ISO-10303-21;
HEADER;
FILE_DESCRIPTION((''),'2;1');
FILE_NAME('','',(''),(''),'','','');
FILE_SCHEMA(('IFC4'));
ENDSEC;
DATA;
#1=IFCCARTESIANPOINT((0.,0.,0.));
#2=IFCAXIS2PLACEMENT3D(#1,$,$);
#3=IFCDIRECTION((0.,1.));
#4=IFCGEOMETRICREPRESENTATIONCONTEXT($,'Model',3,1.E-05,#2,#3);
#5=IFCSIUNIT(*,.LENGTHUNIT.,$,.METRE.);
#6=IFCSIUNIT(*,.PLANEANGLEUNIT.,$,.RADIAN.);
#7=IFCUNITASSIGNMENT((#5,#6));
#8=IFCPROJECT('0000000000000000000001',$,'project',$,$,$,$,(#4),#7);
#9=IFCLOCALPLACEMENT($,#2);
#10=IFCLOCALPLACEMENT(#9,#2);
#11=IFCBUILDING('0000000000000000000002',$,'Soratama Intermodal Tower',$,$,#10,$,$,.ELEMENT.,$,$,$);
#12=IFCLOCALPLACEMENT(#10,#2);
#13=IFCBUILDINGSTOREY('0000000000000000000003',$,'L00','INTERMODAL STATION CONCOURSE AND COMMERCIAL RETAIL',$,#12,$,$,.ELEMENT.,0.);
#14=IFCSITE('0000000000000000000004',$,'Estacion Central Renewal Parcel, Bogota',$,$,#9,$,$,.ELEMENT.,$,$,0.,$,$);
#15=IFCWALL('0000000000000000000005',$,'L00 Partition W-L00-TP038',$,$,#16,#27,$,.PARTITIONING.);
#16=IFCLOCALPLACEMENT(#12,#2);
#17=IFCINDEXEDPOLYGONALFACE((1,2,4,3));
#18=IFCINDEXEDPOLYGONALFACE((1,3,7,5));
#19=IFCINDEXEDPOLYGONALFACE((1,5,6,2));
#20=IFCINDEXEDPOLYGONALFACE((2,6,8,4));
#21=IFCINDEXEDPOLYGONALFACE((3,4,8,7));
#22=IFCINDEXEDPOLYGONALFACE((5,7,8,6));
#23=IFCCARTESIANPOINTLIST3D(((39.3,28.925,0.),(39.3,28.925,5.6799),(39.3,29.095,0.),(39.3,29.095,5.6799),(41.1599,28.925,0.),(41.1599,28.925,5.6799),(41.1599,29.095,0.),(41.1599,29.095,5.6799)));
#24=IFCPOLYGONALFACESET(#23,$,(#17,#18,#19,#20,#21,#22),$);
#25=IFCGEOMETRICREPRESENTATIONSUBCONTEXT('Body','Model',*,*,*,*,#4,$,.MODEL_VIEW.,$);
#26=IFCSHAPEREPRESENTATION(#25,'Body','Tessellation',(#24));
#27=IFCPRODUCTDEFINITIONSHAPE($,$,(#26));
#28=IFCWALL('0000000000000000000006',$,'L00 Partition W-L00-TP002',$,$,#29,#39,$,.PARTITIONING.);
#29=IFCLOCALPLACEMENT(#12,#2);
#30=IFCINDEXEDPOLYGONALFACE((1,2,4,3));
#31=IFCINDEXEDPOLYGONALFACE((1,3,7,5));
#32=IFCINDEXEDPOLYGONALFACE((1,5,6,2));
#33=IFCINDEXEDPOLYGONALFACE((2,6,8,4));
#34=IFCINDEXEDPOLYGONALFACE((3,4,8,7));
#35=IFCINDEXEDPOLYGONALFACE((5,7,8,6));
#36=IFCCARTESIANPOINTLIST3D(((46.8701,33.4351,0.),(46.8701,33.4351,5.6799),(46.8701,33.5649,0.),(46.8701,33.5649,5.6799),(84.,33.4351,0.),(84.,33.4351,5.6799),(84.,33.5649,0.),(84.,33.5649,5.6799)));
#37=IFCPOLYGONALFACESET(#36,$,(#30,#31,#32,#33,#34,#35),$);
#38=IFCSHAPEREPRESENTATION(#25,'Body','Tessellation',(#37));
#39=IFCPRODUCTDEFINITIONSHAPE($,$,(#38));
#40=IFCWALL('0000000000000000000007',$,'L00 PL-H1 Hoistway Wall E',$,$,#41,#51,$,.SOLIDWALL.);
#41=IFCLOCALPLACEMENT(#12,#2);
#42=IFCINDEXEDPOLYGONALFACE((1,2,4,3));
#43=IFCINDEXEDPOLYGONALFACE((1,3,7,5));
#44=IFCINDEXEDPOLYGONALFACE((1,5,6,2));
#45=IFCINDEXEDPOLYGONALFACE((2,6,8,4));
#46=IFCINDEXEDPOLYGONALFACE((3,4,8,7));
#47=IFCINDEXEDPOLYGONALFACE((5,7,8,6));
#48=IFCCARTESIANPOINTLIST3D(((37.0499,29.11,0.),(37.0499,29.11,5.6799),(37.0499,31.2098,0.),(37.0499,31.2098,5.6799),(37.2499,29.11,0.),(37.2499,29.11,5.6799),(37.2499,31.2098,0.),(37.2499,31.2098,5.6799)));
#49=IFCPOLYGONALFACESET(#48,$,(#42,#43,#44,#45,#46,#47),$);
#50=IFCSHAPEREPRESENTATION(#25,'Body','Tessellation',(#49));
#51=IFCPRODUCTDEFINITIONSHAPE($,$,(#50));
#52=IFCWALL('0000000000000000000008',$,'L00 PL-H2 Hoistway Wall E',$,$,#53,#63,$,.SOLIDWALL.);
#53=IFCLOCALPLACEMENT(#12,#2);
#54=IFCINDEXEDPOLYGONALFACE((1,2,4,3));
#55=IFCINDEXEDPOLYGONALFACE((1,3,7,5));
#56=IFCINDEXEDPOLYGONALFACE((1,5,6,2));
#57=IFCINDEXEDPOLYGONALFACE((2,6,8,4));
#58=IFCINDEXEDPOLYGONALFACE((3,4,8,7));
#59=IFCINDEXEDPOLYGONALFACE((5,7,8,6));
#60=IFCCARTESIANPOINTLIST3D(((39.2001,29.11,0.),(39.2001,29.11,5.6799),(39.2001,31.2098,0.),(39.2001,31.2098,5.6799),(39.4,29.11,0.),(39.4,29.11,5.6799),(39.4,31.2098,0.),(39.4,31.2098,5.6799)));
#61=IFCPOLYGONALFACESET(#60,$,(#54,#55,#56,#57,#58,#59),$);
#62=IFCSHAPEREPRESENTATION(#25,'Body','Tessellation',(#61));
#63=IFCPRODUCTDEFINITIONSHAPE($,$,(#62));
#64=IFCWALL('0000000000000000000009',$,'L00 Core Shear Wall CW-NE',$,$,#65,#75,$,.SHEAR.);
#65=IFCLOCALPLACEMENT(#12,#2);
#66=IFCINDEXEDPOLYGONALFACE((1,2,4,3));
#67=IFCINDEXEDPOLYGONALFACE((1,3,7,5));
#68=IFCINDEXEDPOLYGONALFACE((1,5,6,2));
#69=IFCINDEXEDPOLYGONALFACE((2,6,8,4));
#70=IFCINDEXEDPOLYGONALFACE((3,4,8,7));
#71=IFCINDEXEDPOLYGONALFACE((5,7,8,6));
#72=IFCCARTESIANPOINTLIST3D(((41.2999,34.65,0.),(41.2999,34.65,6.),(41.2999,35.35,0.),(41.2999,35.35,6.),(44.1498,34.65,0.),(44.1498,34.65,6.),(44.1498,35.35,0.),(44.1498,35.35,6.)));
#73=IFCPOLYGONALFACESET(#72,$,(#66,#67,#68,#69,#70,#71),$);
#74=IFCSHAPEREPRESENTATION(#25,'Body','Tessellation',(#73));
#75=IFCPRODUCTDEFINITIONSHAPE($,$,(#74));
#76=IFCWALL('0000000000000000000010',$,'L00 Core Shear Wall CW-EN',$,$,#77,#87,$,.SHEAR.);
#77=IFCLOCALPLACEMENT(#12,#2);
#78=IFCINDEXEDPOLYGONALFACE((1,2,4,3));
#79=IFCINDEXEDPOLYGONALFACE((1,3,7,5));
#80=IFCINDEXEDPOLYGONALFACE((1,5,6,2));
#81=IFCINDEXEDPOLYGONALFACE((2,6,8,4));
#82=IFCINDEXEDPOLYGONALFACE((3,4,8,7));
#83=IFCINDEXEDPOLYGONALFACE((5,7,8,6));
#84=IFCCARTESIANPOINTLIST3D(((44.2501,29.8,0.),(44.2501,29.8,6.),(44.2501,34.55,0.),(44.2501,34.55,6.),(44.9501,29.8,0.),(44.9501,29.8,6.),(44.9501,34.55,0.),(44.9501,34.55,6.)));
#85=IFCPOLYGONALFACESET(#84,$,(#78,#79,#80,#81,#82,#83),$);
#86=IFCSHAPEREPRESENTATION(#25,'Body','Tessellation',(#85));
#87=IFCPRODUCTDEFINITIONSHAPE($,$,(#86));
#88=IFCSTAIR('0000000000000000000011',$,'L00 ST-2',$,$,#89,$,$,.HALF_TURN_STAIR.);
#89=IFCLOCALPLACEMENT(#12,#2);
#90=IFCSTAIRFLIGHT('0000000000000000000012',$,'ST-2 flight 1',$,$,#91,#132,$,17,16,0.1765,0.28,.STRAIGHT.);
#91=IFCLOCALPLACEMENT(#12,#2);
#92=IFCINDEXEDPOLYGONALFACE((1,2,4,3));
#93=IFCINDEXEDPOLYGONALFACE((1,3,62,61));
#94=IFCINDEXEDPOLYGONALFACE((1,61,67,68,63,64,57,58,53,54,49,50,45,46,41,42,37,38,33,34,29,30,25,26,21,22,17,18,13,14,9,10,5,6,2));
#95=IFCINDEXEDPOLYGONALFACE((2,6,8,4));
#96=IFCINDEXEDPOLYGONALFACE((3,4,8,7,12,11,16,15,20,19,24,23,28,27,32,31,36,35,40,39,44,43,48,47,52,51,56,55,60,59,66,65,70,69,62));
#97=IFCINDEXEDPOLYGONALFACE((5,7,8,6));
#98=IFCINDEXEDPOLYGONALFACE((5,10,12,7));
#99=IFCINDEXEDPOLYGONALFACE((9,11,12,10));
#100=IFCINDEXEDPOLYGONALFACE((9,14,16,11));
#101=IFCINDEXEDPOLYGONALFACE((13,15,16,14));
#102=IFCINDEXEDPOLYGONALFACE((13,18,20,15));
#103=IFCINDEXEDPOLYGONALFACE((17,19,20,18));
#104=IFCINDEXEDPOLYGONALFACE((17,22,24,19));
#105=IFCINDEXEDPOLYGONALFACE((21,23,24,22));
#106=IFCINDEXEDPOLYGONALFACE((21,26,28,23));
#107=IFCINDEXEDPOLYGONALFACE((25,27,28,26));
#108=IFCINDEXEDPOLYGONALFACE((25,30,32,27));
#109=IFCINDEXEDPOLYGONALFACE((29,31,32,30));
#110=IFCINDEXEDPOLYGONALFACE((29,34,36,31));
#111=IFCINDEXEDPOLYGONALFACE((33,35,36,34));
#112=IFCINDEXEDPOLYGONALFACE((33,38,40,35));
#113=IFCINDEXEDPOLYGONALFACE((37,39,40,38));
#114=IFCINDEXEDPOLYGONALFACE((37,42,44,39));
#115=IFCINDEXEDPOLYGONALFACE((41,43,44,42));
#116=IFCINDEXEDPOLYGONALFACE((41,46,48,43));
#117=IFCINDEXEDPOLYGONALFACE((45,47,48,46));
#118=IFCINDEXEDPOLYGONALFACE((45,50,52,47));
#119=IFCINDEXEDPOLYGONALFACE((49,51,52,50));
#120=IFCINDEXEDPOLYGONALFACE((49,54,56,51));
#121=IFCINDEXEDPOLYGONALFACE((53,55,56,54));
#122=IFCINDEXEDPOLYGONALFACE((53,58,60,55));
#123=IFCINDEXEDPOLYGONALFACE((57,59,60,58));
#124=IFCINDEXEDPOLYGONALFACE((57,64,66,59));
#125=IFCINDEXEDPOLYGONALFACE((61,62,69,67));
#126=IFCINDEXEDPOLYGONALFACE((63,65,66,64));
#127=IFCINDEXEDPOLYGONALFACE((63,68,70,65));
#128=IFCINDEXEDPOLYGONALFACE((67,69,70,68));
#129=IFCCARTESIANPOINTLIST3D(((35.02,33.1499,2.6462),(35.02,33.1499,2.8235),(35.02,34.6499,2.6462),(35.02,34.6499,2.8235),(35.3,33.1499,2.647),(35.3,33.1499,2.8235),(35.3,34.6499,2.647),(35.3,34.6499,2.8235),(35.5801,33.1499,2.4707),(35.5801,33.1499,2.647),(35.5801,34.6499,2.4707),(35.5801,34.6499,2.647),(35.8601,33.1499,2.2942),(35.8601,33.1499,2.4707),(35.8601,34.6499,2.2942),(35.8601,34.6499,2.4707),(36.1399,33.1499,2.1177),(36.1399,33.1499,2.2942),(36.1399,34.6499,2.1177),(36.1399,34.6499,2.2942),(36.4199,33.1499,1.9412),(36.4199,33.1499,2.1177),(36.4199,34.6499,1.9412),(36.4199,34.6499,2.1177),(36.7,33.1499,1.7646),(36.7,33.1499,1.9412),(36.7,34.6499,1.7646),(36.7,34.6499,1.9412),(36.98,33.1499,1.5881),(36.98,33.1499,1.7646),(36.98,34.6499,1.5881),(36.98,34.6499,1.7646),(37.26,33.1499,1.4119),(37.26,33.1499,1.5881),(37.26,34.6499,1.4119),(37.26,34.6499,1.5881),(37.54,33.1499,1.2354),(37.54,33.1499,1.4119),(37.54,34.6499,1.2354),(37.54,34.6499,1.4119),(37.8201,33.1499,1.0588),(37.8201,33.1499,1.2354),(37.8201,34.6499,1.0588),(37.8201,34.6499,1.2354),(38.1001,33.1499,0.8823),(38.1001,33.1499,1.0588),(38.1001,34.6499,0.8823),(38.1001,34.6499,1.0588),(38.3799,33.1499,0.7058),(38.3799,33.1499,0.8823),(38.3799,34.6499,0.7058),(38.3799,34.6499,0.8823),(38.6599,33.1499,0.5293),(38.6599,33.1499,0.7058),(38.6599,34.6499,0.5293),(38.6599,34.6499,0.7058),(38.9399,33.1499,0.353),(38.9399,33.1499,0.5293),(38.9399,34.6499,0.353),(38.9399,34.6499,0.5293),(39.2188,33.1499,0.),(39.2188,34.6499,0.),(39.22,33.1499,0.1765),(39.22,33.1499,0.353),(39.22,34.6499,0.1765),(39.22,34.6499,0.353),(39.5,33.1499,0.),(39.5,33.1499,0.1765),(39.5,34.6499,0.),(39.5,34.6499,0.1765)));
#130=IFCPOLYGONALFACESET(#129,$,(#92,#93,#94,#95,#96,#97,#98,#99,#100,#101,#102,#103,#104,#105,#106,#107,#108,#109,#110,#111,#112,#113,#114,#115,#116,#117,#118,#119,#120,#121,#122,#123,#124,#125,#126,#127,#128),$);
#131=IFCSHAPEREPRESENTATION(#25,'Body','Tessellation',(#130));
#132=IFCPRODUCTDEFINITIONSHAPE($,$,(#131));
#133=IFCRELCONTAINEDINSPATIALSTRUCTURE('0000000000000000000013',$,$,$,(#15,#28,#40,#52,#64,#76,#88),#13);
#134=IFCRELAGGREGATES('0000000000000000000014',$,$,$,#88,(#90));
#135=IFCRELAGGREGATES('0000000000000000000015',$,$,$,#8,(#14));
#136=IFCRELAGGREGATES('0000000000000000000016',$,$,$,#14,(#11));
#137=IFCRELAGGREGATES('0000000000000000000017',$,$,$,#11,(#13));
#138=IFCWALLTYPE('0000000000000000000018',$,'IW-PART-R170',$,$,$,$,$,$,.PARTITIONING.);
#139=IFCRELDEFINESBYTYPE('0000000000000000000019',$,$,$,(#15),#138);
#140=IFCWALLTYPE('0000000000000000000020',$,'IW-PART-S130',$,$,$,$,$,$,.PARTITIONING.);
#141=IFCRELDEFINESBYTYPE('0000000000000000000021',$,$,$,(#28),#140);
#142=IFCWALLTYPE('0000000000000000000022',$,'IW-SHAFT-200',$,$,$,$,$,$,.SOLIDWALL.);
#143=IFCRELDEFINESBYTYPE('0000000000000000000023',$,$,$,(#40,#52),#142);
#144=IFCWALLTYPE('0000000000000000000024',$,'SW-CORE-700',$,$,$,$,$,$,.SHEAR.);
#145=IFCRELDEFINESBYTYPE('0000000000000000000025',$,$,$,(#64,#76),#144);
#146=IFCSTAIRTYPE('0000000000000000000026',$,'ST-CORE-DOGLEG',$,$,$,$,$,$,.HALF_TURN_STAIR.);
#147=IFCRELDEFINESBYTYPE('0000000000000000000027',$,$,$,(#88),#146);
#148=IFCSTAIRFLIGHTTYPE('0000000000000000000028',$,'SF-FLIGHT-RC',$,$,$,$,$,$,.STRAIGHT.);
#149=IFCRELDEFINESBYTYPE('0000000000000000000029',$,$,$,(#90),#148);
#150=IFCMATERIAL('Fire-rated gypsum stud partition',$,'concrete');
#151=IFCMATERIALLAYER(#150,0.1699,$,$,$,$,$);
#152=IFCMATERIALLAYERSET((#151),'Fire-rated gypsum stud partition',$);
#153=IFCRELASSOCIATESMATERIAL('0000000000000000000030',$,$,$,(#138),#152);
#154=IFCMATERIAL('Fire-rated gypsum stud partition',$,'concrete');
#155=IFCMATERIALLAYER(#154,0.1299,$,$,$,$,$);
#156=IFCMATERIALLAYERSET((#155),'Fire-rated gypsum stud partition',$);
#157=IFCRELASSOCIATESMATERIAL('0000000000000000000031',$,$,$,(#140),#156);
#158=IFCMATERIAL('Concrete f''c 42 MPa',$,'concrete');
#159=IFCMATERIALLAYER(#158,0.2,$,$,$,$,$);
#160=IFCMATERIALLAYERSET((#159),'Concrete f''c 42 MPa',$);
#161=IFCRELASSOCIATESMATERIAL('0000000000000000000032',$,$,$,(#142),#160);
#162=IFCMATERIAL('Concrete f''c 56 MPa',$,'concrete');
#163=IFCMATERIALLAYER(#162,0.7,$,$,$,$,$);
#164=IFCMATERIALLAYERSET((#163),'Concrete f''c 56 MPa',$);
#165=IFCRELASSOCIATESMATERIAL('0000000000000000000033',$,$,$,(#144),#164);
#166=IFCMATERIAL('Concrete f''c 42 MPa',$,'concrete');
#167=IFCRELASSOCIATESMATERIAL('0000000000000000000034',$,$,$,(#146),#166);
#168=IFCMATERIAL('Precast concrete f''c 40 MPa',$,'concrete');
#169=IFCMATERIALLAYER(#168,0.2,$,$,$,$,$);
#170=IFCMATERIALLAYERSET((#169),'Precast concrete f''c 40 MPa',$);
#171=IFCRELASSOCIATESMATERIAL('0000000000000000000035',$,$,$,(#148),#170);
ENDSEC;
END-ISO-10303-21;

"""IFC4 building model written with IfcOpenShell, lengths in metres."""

from ifc_helpers import new_model, si_unit, direction, frame, frame_2d, origin, place, context, subcontext, project, spatial, polyline, rectangle, outline, extrude, material, layer, layer_set, type_object, element, aggregate, save


model = new_model("IFC4")

# Units and contexts
model_context = context("Model", 3, precision=1e-05, world=origin(), true_north=direction((0.0, 1.0)))
body_context = subcontext(model_context, "Body", "Model", "MODEL_VIEW")
ifc_project = project(units=[si_unit("LENGTHUNIT", "METRE"), si_unit("PLANEANGLEUNIT", "RADIAN")], contexts=[model_context])

# Site, building, storey
site_placement = place(None, origin())
site = spatial("IfcSite", under=ifc_project, at=site_placement, Name="Estacion Central Renewal Parcel, Bogota", CompositionType="ELEMENT", RefElevation=0.0)
building_placement = place(site_placement, origin())
building = spatial("IfcBuilding", under=site, at=building_placement, Name="Soratama Intermodal Tower", CompositionType="ELEMENT")
storey_placement = place(building_placement, origin())
storey = spatial("IfcBuildingStorey", under=building, at=storey_placement, Name="L00", Description="INTERMODAL STATION CONCOURSE AND COMMERCIAL RETAIL", CompositionType="ELEMENT", Elevation=0.0)

# Shared definitions
ifc_material_1 = material(Name="Fire-rated gypsum stud partition", Category="concrete")
ifc_layer_1 = layer(ifc_material_1, 0.1699)
ifc_layer_set_1 = layer_set([ifc_layer_1], Name="Fire-rated gypsum stud partition")
wall_type_1 = type_object("IfcWallType", Name="IW-PART-R170", PredefinedType="PARTITIONING", material=ifc_layer_set_1)

# Walls
wall_1_placement = place(storey_placement, frame((39.3, 29.01, 0.0), z_axis=(0.0, 0.0, 1.0), x_axis=(1.0, 0.0, 0.0)))
element("IfcWall", 1, at=wall_1_placement, inside=storey, type_object=wall_type_1, Name="L00 Partition W-L00-TP038", PredefinedType="PARTITIONING", context=body_context, shape_type="SweptSolid", body=[
    extrude(rectangle(XDim=1.8599, YDim=0.1699, at=frame_2d((0.9299, 0.0))), origin(), (0.0, 0.0, 1.0), 5.6799),
])
ifc_material_2 = material(Name="Fire-rated gypsum stud partition", Category="concrete")
ifc_layer_2 = layer(ifc_material_2, 0.1299)
ifc_layer_set_2 = layer_set([ifc_layer_2], Name="Fire-rated gypsum stud partition")
wall_type_2 = type_object("IfcWallType", Name="IW-PART-S130", PredefinedType="PARTITIONING", material=ifc_layer_set_2)
wall_2_placement = place(storey_placement, frame((46.8701, 33.5, 0.0), z_axis=(0.0, 0.0, 1.0), x_axis=(1.0, 0.0, 0.0)))
element("IfcWall", 2, at=wall_2_placement, inside=storey, type_object=wall_type_2, Name="L00 Partition W-L00-TP002", PredefinedType="PARTITIONING", context=body_context, shape_type="SweptSolid", body=[
    extrude(rectangle(XDim=37.1299, YDim=0.1299, at=frame_2d((18.5649, 0.0))), origin(), (0.0, 0.0, 1.0), 5.6799),
])

# Shared definitions
ifc_material_3 = material(Name="Concrete f'c 42 MPa", Category="concrete")
ifc_layer_3 = layer(ifc_material_3, 0.2)
ifc_layer_set_3 = layer_set([ifc_layer_3], Name="Concrete f'c 42 MPa")
wall_type_3 = type_object("IfcWallType", Name="IW-SHAFT-200", PredefinedType="SOLIDWALL", material=ifc_layer_set_3)

# Wall
wall_3_placement = place(storey_placement, frame((37.1499, 29.1101, 0.0), z_axis=(0.0, 0.0, 1.0), x_axis=(0.0, 1.0, 0.0)))
element("IfcWall", 3, at=wall_3_placement, inside=storey, type_object=wall_type_3, Name="L00 PL-H1 Hoistway Wall E", PredefinedType="SOLIDWALL", context=body_context, shape_type="SweptSolid", body=[
    extrude(rectangle(XDim=2.0999, YDim=0.2, at=frame_2d((1.0498, 0.0))), origin(), (0.0, 0.0, 1.0), 5.6799),
])

# Walls
wall_4_placement = place(storey_placement, frame((39.3, 29.1101, 0.0), z_axis=(0.0, 0.0, 1.0), x_axis=(0.0, 1.0, 0.0)))
element("IfcWall", 4, at=wall_4_placement, inside=storey, type_object=wall_type_3, Name="L00 PL-H2 Hoistway Wall E", PredefinedType="SOLIDWALL", context=body_context, shape_type="SweptSolid", body=[
    extrude(rectangle(XDim=2.0999, YDim=0.2, at=frame_2d((1.0498, 0.0))), origin(), (0.0, 0.0, 1.0), 5.6799),
])
ifc_material_4 = material(Name="Concrete f'c 56 MPa", Category="concrete")
ifc_layer_4 = layer(ifc_material_4, 0.7)
ifc_layer_set_4 = layer_set([ifc_layer_4], Name="Concrete f'c 56 MPa")
wall_type_4 = type_object("IfcWallType", Name="SW-CORE-700", PredefinedType="SHEAR", material=ifc_layer_set_4)
wall_5_placement = place(storey_placement, frame((41.3, 35.0, 0.0), z_axis=(0.0, 0.0, 1.0), x_axis=(1.0, 0.0, 0.0)))
element("IfcWall", 5, at=wall_5_placement, inside=storey, type_object=wall_type_4, Name="L00 Core Shear Wall CW-NE", PredefinedType="SHEAR", context=body_context, shape_type="SweptSolid", body=[
    extrude(rectangle(XDim=2.8499, YDim=0.7, at=frame_2d((1.4248, 0.0))), origin(), (0.0, 0.0, 1.0), 6.0),
])
wall_6_placement = place(storey_placement, frame((44.6001, 29.8, 0.0), z_axis=(0.0, 0.0, 1.0), x_axis=(0.0, 1.0, 0.0)))
element("IfcWall", 6, at=wall_6_placement, inside=storey, type_object=wall_type_4, Name="L00 Core Shear Wall CW-EN", PredefinedType="SHEAR", context=body_context, shape_type="SweptSolid", body=[
    extrude(rectangle(XDim=4.75, YDim=0.7, at=frame_2d((2.375, 0.0))), origin(), (0.0, 0.0, 1.0), 6.0),
])

# Stair, stair flight
ifc_material_5 = material(Name="Concrete f'c 42 MPa", Category="concrete")
stair_type = type_object("IfcStairType", Name="ST-CORE-DOGLEG", PredefinedType="HALF_TURN_STAIR", material=ifc_material_5)
stair_placement = place(storey_placement, origin())
stair = element("IfcStair", 7, at=stair_placement, inside=storey, type_object=stair_type, Name="L00 ST-2", PredefinedType="HALF_TURN_STAIR")
ifc_material_6 = material(Name="Precast concrete f'c 40 MPa", Category="concrete")
ifc_layer_5 = layer(ifc_material_6, 0.2)
ifc_layer_set_5 = layer_set([ifc_layer_5], Name="Precast concrete f'c 40 MPa")
stair_flight_type = type_object("IfcStairFlightType", Name="SF-FLIGHT-RC", PredefinedType="STRAIGHT", material=ifc_layer_set_5)
stair_flight_placement = place(storey_placement, frame((39.5, 33.8999, 0.0), z_axis=(0.0, 0.0, 1.0), x_axis=(-1.0, 0.0, 0.0)))
stair_flight = element("IfcStairFlight", 8, at=stair_flight_placement, type_object=stair_flight_type, Name="ST-2 flight 1", NumberOfRisers=17, NumberOfTreads=16, PredefinedType="STRAIGHT", RiserHeight=0.1765, TreadLength=0.28, context=body_context, shape_type="SweptSolid", body=[
    extrude(outline(polyline([(0.0, 0.0), (0.0, 0.1765), (0.28, 0.1765), (0.28, 0.353), (0.5601, 0.353), (0.5601, 0.5293), (0.8401, 0.5293), (0.8401, 0.7058), (1.1201, 0.7058), (1.1201, 0.8823), (1.3999, 0.8823), (1.3999, 1.0588), (1.6799, 1.0588), (1.6799, 1.2354), (1.96, 1.2354), (1.96, 1.4119), (2.24, 1.4119), (2.24, 1.5881), (2.52, 1.5881), (2.52, 1.7646), (2.8, 1.7646), (2.8, 1.9412), (3.0801, 1.9412), (3.0801, 2.1177), (3.3601, 2.1177), (3.3601, 2.2942), (3.6399, 2.2942), (3.6399, 2.4707), (3.9199, 2.4707), (3.9199, 2.647), (4.2, 2.647), (4.2, 2.8235), (4.48, 2.8235), (4.48, 3.0), (4.48, 2.6462), (0.2812, 0.0), (0.0, 0.0)])), frame((0.0, 0.75, 0.0), z_axis=(0.0, -1.0, 0.0), x_axis=(1.0, 0.0, 0.0)), (0.0, 0.0, 1.0), 1.5),
])
aggregate(stair, [stair_flight])

save(model, "model.ifc")
